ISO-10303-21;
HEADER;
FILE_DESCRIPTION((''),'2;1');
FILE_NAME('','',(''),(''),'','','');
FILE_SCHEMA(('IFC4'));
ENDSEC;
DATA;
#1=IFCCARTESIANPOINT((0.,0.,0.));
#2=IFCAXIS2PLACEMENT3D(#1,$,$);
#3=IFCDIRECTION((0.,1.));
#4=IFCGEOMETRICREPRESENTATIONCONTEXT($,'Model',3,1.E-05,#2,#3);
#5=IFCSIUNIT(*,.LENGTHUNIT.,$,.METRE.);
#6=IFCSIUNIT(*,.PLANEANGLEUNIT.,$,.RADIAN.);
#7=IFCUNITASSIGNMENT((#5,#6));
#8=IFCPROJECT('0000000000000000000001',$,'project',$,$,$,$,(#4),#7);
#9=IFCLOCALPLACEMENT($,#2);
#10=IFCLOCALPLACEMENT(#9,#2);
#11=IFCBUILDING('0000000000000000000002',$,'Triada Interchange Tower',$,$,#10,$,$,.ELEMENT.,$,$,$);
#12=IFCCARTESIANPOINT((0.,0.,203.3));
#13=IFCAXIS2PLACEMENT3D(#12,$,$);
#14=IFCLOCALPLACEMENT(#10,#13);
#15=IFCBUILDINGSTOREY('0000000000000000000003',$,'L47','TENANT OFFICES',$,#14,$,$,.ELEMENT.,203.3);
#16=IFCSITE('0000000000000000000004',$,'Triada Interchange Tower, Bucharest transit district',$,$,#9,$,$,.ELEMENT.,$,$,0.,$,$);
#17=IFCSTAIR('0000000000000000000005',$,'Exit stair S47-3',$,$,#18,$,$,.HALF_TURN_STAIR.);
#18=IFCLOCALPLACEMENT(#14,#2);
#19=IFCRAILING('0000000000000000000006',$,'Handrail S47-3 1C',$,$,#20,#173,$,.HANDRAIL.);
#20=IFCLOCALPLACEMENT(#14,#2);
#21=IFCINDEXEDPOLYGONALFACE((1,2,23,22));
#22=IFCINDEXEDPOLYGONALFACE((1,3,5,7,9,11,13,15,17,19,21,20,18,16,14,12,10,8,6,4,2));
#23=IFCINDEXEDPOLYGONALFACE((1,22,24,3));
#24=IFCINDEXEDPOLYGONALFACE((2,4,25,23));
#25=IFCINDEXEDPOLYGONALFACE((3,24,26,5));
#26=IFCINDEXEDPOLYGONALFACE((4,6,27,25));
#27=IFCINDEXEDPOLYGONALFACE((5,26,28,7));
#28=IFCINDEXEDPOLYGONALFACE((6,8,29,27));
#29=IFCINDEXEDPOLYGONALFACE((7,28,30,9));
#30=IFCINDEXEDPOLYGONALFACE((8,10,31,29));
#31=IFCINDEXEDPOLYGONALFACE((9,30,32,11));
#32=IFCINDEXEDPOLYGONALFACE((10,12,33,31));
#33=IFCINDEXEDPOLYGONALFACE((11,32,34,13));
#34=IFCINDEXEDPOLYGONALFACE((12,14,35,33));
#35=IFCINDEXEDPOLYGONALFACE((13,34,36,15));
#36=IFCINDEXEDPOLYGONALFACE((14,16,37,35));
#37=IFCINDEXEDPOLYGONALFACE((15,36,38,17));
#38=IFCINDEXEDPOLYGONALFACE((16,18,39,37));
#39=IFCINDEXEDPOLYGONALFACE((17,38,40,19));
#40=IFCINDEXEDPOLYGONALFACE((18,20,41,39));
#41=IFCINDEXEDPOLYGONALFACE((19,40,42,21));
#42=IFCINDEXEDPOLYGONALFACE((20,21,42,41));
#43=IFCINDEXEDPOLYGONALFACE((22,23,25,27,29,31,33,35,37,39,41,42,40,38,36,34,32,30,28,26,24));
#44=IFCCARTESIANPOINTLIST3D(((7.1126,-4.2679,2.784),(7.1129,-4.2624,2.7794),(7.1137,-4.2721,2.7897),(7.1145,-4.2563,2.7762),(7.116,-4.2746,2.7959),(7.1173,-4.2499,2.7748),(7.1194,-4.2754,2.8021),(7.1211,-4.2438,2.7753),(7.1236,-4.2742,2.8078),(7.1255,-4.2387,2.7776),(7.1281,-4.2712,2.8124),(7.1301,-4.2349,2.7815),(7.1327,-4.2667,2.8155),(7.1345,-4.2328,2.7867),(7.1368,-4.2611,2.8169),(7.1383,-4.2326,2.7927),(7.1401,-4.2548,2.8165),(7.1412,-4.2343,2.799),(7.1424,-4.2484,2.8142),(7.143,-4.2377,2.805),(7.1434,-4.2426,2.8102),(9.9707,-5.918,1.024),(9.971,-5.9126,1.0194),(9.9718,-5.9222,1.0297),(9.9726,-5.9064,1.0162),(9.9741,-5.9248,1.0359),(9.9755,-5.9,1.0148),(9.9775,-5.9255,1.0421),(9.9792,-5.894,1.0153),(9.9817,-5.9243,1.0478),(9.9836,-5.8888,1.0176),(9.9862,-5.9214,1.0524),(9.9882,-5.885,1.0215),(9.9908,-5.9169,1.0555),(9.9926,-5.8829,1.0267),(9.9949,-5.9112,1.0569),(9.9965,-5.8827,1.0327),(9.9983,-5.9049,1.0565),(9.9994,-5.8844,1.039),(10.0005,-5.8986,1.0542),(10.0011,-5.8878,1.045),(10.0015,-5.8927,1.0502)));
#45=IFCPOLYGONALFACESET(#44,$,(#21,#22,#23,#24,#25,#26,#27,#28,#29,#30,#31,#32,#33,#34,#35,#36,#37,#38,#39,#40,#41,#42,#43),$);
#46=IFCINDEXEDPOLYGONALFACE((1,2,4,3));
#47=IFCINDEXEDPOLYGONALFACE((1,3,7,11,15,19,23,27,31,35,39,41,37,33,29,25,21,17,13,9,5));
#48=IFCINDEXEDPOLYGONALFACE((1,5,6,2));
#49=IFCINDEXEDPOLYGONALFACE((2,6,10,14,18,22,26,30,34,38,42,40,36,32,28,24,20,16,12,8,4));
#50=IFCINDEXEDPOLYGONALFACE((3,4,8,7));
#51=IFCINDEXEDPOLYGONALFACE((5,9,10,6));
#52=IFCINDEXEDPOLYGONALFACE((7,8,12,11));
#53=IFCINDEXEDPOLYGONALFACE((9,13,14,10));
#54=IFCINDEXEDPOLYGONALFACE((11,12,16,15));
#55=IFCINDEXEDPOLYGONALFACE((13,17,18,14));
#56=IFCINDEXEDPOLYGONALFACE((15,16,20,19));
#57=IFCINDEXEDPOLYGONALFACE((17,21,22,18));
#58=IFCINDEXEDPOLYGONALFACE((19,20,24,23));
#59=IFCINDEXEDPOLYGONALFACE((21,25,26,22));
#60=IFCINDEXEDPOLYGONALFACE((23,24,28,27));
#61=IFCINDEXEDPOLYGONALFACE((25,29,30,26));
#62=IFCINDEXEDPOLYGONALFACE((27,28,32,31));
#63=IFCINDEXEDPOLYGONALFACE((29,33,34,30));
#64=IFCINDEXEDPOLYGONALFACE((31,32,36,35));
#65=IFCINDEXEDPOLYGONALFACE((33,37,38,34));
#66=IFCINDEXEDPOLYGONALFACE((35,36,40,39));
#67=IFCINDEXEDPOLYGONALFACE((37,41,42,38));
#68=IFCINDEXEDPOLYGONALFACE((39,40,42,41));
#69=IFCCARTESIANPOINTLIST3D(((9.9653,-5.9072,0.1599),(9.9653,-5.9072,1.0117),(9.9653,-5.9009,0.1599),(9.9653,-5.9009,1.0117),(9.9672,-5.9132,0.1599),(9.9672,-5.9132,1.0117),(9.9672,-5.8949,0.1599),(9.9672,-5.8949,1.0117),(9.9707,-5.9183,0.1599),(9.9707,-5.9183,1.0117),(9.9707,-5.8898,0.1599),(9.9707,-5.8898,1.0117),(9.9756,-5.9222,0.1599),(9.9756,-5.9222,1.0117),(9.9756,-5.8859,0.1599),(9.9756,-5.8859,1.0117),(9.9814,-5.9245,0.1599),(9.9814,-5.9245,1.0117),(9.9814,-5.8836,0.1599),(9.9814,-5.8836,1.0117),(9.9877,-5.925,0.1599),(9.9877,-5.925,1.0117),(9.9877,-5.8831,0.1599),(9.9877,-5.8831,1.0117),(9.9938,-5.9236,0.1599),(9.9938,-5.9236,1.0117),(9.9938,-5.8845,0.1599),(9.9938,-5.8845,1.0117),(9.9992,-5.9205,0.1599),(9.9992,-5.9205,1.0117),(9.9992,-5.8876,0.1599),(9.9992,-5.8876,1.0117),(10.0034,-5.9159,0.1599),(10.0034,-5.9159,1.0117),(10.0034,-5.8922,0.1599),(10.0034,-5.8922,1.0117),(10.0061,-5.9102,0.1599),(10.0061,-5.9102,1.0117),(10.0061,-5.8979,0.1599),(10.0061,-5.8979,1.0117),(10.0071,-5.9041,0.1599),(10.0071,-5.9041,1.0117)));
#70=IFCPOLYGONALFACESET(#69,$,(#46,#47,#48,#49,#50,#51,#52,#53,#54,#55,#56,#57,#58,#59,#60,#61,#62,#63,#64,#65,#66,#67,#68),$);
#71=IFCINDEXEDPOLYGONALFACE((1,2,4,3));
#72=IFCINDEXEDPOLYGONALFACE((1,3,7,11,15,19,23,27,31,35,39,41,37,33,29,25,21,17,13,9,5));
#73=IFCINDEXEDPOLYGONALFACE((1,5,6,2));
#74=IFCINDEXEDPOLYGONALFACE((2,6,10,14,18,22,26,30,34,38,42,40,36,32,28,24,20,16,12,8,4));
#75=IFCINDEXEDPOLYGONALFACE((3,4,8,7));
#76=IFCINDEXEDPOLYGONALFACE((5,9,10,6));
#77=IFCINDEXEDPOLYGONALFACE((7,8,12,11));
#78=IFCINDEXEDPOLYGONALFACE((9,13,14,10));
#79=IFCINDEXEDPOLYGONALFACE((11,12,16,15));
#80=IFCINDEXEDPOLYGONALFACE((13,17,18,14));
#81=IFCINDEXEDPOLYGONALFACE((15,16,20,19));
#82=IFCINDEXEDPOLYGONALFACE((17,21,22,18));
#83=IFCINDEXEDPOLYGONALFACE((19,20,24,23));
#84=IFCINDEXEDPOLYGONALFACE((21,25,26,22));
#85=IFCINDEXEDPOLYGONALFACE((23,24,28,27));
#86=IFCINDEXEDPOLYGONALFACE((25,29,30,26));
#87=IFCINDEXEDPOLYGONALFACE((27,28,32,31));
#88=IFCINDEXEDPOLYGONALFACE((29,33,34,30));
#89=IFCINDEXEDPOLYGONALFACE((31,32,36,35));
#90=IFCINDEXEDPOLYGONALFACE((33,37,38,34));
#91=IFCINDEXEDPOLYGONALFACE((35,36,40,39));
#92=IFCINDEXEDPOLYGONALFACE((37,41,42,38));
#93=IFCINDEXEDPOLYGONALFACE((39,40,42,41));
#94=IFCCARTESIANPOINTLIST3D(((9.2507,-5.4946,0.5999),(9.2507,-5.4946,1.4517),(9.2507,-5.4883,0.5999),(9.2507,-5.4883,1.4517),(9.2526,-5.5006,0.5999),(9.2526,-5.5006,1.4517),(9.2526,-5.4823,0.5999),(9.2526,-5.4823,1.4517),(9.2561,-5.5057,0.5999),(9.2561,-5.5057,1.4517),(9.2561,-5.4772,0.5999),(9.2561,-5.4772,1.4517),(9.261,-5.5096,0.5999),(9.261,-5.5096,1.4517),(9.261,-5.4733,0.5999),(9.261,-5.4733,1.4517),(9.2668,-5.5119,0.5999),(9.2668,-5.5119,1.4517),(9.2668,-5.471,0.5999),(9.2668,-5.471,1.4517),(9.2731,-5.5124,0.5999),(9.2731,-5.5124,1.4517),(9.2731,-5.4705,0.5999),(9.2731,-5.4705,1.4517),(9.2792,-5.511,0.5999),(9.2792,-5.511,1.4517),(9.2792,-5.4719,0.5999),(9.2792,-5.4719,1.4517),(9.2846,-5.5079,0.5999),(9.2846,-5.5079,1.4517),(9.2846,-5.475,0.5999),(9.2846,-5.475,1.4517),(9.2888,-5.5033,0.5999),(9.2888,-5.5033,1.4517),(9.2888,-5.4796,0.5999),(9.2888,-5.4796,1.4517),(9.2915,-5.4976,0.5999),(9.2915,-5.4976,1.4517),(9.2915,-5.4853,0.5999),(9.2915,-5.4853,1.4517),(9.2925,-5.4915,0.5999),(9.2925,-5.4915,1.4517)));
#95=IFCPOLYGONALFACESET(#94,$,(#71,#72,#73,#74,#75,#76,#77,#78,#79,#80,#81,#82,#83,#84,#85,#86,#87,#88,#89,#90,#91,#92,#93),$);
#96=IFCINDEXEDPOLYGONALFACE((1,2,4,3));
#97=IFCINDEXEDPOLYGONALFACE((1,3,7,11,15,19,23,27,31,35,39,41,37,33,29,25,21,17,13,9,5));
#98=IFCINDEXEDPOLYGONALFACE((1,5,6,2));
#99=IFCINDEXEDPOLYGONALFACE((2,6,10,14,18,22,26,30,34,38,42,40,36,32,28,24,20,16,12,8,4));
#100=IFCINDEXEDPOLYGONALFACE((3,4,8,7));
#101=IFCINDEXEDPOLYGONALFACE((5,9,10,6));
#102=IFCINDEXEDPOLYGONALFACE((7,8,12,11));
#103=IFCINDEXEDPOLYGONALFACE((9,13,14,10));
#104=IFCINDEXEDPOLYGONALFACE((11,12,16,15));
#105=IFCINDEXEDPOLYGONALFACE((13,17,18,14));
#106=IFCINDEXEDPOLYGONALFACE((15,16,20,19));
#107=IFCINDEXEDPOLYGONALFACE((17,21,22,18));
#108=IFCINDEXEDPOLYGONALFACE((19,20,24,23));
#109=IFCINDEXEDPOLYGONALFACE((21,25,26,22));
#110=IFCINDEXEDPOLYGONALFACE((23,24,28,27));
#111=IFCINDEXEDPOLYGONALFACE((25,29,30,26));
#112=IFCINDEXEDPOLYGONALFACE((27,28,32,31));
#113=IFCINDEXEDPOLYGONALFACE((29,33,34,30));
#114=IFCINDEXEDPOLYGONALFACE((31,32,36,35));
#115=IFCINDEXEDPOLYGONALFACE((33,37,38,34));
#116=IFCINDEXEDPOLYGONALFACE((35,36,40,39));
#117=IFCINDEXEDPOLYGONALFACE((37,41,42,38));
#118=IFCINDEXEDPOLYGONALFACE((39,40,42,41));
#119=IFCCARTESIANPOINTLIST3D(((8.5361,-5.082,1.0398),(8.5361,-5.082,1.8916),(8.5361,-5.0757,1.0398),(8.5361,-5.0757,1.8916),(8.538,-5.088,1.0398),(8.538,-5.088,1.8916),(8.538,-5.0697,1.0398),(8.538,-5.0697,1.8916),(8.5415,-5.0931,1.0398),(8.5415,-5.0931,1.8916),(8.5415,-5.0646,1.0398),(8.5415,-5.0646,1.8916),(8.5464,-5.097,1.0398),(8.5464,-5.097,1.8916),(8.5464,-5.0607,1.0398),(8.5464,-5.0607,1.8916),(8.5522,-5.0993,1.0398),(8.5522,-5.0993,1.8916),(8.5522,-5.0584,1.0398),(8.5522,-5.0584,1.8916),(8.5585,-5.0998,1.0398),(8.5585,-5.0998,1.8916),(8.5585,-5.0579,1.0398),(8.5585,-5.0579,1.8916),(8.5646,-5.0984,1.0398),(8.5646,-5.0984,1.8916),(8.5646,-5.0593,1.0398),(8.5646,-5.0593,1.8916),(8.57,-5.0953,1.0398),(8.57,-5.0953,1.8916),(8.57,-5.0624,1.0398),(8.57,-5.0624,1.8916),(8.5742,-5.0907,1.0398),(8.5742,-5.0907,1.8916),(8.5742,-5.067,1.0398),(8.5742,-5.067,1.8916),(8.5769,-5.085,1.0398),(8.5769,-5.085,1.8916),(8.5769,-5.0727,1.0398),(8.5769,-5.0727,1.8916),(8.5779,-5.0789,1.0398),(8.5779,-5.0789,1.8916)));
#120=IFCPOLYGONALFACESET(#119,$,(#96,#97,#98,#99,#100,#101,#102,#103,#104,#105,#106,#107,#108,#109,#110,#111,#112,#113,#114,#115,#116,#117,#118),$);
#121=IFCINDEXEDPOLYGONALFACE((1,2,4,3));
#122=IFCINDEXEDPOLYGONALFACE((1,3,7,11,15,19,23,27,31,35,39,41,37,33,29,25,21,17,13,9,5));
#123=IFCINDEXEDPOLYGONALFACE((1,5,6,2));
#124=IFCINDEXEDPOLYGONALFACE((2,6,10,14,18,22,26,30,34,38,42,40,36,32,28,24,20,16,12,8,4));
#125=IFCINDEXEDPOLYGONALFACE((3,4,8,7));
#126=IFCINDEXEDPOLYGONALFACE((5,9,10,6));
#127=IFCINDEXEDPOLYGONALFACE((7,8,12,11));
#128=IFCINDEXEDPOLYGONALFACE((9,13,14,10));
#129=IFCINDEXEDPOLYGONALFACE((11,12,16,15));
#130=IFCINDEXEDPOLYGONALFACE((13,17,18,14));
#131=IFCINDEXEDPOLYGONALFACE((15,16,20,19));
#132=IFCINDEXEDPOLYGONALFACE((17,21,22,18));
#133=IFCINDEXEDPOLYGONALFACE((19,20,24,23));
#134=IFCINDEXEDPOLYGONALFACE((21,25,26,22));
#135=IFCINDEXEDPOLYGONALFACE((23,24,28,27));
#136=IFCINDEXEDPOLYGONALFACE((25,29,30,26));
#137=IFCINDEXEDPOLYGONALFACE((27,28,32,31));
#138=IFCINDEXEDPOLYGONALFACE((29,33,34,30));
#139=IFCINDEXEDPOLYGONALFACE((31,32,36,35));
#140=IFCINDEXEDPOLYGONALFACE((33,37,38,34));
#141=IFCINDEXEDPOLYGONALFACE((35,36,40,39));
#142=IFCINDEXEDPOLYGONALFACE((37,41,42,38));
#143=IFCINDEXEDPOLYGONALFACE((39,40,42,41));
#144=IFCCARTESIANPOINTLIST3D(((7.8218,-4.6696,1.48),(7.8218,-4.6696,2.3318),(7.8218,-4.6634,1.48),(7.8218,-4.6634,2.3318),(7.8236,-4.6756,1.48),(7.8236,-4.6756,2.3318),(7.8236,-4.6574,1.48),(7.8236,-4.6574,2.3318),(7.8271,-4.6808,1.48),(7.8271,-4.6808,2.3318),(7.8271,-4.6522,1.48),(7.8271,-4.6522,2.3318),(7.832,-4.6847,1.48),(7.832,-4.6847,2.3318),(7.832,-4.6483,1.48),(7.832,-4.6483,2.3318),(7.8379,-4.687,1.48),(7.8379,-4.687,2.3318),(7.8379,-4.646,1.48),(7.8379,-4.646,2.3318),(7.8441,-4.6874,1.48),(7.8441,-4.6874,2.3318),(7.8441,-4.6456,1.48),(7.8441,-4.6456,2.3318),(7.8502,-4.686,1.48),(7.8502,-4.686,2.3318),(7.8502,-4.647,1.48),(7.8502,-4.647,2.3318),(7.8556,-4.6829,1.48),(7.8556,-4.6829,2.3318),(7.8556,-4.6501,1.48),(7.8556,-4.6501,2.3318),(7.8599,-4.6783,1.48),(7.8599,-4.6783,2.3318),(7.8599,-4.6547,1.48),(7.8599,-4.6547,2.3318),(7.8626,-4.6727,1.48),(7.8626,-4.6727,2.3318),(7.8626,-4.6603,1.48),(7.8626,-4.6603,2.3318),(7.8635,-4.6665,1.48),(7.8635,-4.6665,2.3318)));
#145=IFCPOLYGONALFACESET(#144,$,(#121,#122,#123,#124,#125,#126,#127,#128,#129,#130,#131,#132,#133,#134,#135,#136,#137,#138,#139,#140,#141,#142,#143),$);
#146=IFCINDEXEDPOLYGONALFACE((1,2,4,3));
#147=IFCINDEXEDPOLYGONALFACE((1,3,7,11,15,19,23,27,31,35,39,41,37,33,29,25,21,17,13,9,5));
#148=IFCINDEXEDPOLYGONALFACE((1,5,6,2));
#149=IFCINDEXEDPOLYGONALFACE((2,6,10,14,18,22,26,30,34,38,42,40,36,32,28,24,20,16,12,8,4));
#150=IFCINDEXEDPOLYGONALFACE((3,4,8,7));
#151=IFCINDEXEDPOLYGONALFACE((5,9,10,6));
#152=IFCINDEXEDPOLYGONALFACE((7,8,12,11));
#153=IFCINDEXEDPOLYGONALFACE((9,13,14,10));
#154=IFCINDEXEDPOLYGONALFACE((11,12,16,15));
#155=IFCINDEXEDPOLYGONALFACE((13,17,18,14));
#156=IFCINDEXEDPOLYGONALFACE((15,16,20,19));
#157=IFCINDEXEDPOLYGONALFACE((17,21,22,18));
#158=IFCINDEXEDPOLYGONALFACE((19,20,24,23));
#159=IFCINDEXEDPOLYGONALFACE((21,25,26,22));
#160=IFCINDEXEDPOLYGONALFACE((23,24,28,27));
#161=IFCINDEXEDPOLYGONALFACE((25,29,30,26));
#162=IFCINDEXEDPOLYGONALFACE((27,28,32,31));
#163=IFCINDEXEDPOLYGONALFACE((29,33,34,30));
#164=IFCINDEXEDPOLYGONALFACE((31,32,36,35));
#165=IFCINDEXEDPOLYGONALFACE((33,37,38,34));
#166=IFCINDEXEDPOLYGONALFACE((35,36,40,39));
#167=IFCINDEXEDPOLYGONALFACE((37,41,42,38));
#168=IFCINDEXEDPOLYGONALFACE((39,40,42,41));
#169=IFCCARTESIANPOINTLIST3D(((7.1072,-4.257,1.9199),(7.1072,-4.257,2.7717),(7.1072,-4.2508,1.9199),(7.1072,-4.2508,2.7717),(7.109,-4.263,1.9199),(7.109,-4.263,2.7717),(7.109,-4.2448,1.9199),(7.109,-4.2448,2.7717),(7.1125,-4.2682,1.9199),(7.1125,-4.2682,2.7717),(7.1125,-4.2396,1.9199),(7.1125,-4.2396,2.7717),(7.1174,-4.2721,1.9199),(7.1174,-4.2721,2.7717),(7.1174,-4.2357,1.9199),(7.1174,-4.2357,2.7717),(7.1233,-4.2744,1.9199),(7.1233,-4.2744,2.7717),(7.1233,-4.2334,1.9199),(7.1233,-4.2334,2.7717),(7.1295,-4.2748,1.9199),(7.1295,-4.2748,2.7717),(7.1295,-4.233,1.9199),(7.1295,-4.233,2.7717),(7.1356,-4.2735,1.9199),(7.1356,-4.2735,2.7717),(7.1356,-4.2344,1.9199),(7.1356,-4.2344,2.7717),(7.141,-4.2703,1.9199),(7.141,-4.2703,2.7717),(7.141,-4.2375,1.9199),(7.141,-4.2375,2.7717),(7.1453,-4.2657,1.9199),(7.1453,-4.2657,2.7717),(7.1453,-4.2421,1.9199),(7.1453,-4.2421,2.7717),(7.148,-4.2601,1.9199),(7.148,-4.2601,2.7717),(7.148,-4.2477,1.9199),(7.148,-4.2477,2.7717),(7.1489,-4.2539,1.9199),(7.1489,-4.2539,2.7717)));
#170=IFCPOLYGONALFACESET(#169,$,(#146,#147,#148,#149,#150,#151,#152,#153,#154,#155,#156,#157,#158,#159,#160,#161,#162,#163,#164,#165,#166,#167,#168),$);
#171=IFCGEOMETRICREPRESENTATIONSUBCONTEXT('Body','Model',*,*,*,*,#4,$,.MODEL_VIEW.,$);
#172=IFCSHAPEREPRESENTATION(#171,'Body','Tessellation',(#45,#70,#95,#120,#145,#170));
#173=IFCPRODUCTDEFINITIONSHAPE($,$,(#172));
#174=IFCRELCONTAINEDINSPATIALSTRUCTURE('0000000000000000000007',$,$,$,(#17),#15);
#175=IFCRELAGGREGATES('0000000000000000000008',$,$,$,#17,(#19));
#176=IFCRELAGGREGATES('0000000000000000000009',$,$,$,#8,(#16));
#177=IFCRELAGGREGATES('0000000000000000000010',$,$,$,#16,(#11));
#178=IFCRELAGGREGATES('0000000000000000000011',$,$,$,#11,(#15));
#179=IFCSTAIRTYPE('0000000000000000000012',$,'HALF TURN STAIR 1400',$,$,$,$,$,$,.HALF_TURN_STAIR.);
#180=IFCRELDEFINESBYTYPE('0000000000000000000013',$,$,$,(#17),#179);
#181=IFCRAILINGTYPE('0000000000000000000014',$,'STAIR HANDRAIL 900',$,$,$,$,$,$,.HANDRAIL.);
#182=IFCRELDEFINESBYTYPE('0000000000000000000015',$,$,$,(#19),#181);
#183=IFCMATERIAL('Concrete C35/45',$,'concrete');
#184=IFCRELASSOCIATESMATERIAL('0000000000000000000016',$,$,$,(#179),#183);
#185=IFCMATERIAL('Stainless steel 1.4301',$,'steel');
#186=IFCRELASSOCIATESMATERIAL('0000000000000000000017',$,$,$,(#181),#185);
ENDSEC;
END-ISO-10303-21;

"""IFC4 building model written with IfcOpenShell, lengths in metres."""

from ifc_helpers import new_model, si_unit, direction, frame, origin, origin_2d, place, context, subcontext, project, spatial, circle, extrude, material, type_object, element, aggregate, save


model = new_model("IFC4")

# Units and contexts
model_context = context("Model", 3, precision=1e-05, world=origin(), true_north=direction((0.0, 1.0)))
body_context = subcontext(model_context, "Body", "Model", "MODEL_VIEW")
ifc_project = project(units=[si_unit("LENGTHUNIT", "METRE"), si_unit("PLANEANGLEUNIT", "RADIAN")], contexts=[model_context])

# Site, building, storey
site_placement = place(None, origin())
site = spatial("IfcSite", under=ifc_project, at=site_placement, Name="Triada Interchange Tower, Bucharest transit district", CompositionType="ELEMENT", RefElevation=0.0)
building_placement = place(site_placement, origin())
building = spatial("IfcBuilding", under=site, at=building_placement, Name="Triada Interchange Tower", CompositionType="ELEMENT")
storey_placement = place(building_placement, frame((0.0, 0.0, 203.3)))
storey = spatial("IfcBuildingStorey", under=building, at=storey_placement, Name="L47", Description="TENANT OFFICES", CompositionType="ELEMENT", Elevation=203.3)

# Stair, railing
ifc_material_1 = material(Name="Concrete C35/45", Category="concrete")
stair_type = type_object("IfcStairType", Name="HALF TURN STAIR 1400", PredefinedType="HALF_TURN_STAIR", material=ifc_material_1)
stair_placement = place(storey_placement, origin())
stair = element("IfcStair", 1, at=stair_placement, inside=storey, type_object=stair_type, Name="Exit stair S47-3", PredefinedType="HALF_TURN_STAIR")
ifc_material_2 = material(Name="Stainless steel 1.4301", Category="steel")
railing_type = type_object("IfcRailingType", Name="STAIR HANDRAIL 900", PredefinedType="HANDRAIL", material=ifc_material_2)
railing_1_placement = place(storey_placement, frame((9.9861, -5.9041, 0.1599)))
railing_1 = element("IfcRailing", 2, at=railing_1_placement, type_object=railing_type, Name="Handrail S47-3 1C", PredefinedType="HANDRAIL", context=body_context, shape_type="SweptSolid", body=[
    extrude(circle(Radius=0.0239, at=origin_2d()), frame((0.0, 0.0, 0.876), z_axis=(-0.764156, 0.441183, 0.470556), x_axis=(-0.499998, -0.866027, 0.0)), (0.0, 0.0, 1.0), 3.7402),
    extrude(circle(Radius=0.021, at=origin_2d()), origin(), (0.0, 0.0, 1.0), 0.8518),
    extrude(circle(Radius=0.021, at=origin_2d()), frame((-0.7146, 0.4126, 0.4399)), (0.0, 0.0, 1.0), 0.8518),
    extrude(circle(Radius=0.021, at=origin_2d()), frame((-1.4292, 0.8252, 0.8799)), (0.0, 0.0, 1.0), 0.8518),
    extrude(circle(Radius=0.021, at=origin_2d()), frame((-2.1436, 1.2375, 1.3201)), (0.0, 0.0, 1.0), 0.8518),
    extrude(circle(Radius=0.021, at=origin_2d()), frame((-2.8582, 1.6501, 1.76)), (0.0, 0.0, 1.0), 0.8518),
])
aggregate(stair, [railing_1])

save(model, "model.ifc")
